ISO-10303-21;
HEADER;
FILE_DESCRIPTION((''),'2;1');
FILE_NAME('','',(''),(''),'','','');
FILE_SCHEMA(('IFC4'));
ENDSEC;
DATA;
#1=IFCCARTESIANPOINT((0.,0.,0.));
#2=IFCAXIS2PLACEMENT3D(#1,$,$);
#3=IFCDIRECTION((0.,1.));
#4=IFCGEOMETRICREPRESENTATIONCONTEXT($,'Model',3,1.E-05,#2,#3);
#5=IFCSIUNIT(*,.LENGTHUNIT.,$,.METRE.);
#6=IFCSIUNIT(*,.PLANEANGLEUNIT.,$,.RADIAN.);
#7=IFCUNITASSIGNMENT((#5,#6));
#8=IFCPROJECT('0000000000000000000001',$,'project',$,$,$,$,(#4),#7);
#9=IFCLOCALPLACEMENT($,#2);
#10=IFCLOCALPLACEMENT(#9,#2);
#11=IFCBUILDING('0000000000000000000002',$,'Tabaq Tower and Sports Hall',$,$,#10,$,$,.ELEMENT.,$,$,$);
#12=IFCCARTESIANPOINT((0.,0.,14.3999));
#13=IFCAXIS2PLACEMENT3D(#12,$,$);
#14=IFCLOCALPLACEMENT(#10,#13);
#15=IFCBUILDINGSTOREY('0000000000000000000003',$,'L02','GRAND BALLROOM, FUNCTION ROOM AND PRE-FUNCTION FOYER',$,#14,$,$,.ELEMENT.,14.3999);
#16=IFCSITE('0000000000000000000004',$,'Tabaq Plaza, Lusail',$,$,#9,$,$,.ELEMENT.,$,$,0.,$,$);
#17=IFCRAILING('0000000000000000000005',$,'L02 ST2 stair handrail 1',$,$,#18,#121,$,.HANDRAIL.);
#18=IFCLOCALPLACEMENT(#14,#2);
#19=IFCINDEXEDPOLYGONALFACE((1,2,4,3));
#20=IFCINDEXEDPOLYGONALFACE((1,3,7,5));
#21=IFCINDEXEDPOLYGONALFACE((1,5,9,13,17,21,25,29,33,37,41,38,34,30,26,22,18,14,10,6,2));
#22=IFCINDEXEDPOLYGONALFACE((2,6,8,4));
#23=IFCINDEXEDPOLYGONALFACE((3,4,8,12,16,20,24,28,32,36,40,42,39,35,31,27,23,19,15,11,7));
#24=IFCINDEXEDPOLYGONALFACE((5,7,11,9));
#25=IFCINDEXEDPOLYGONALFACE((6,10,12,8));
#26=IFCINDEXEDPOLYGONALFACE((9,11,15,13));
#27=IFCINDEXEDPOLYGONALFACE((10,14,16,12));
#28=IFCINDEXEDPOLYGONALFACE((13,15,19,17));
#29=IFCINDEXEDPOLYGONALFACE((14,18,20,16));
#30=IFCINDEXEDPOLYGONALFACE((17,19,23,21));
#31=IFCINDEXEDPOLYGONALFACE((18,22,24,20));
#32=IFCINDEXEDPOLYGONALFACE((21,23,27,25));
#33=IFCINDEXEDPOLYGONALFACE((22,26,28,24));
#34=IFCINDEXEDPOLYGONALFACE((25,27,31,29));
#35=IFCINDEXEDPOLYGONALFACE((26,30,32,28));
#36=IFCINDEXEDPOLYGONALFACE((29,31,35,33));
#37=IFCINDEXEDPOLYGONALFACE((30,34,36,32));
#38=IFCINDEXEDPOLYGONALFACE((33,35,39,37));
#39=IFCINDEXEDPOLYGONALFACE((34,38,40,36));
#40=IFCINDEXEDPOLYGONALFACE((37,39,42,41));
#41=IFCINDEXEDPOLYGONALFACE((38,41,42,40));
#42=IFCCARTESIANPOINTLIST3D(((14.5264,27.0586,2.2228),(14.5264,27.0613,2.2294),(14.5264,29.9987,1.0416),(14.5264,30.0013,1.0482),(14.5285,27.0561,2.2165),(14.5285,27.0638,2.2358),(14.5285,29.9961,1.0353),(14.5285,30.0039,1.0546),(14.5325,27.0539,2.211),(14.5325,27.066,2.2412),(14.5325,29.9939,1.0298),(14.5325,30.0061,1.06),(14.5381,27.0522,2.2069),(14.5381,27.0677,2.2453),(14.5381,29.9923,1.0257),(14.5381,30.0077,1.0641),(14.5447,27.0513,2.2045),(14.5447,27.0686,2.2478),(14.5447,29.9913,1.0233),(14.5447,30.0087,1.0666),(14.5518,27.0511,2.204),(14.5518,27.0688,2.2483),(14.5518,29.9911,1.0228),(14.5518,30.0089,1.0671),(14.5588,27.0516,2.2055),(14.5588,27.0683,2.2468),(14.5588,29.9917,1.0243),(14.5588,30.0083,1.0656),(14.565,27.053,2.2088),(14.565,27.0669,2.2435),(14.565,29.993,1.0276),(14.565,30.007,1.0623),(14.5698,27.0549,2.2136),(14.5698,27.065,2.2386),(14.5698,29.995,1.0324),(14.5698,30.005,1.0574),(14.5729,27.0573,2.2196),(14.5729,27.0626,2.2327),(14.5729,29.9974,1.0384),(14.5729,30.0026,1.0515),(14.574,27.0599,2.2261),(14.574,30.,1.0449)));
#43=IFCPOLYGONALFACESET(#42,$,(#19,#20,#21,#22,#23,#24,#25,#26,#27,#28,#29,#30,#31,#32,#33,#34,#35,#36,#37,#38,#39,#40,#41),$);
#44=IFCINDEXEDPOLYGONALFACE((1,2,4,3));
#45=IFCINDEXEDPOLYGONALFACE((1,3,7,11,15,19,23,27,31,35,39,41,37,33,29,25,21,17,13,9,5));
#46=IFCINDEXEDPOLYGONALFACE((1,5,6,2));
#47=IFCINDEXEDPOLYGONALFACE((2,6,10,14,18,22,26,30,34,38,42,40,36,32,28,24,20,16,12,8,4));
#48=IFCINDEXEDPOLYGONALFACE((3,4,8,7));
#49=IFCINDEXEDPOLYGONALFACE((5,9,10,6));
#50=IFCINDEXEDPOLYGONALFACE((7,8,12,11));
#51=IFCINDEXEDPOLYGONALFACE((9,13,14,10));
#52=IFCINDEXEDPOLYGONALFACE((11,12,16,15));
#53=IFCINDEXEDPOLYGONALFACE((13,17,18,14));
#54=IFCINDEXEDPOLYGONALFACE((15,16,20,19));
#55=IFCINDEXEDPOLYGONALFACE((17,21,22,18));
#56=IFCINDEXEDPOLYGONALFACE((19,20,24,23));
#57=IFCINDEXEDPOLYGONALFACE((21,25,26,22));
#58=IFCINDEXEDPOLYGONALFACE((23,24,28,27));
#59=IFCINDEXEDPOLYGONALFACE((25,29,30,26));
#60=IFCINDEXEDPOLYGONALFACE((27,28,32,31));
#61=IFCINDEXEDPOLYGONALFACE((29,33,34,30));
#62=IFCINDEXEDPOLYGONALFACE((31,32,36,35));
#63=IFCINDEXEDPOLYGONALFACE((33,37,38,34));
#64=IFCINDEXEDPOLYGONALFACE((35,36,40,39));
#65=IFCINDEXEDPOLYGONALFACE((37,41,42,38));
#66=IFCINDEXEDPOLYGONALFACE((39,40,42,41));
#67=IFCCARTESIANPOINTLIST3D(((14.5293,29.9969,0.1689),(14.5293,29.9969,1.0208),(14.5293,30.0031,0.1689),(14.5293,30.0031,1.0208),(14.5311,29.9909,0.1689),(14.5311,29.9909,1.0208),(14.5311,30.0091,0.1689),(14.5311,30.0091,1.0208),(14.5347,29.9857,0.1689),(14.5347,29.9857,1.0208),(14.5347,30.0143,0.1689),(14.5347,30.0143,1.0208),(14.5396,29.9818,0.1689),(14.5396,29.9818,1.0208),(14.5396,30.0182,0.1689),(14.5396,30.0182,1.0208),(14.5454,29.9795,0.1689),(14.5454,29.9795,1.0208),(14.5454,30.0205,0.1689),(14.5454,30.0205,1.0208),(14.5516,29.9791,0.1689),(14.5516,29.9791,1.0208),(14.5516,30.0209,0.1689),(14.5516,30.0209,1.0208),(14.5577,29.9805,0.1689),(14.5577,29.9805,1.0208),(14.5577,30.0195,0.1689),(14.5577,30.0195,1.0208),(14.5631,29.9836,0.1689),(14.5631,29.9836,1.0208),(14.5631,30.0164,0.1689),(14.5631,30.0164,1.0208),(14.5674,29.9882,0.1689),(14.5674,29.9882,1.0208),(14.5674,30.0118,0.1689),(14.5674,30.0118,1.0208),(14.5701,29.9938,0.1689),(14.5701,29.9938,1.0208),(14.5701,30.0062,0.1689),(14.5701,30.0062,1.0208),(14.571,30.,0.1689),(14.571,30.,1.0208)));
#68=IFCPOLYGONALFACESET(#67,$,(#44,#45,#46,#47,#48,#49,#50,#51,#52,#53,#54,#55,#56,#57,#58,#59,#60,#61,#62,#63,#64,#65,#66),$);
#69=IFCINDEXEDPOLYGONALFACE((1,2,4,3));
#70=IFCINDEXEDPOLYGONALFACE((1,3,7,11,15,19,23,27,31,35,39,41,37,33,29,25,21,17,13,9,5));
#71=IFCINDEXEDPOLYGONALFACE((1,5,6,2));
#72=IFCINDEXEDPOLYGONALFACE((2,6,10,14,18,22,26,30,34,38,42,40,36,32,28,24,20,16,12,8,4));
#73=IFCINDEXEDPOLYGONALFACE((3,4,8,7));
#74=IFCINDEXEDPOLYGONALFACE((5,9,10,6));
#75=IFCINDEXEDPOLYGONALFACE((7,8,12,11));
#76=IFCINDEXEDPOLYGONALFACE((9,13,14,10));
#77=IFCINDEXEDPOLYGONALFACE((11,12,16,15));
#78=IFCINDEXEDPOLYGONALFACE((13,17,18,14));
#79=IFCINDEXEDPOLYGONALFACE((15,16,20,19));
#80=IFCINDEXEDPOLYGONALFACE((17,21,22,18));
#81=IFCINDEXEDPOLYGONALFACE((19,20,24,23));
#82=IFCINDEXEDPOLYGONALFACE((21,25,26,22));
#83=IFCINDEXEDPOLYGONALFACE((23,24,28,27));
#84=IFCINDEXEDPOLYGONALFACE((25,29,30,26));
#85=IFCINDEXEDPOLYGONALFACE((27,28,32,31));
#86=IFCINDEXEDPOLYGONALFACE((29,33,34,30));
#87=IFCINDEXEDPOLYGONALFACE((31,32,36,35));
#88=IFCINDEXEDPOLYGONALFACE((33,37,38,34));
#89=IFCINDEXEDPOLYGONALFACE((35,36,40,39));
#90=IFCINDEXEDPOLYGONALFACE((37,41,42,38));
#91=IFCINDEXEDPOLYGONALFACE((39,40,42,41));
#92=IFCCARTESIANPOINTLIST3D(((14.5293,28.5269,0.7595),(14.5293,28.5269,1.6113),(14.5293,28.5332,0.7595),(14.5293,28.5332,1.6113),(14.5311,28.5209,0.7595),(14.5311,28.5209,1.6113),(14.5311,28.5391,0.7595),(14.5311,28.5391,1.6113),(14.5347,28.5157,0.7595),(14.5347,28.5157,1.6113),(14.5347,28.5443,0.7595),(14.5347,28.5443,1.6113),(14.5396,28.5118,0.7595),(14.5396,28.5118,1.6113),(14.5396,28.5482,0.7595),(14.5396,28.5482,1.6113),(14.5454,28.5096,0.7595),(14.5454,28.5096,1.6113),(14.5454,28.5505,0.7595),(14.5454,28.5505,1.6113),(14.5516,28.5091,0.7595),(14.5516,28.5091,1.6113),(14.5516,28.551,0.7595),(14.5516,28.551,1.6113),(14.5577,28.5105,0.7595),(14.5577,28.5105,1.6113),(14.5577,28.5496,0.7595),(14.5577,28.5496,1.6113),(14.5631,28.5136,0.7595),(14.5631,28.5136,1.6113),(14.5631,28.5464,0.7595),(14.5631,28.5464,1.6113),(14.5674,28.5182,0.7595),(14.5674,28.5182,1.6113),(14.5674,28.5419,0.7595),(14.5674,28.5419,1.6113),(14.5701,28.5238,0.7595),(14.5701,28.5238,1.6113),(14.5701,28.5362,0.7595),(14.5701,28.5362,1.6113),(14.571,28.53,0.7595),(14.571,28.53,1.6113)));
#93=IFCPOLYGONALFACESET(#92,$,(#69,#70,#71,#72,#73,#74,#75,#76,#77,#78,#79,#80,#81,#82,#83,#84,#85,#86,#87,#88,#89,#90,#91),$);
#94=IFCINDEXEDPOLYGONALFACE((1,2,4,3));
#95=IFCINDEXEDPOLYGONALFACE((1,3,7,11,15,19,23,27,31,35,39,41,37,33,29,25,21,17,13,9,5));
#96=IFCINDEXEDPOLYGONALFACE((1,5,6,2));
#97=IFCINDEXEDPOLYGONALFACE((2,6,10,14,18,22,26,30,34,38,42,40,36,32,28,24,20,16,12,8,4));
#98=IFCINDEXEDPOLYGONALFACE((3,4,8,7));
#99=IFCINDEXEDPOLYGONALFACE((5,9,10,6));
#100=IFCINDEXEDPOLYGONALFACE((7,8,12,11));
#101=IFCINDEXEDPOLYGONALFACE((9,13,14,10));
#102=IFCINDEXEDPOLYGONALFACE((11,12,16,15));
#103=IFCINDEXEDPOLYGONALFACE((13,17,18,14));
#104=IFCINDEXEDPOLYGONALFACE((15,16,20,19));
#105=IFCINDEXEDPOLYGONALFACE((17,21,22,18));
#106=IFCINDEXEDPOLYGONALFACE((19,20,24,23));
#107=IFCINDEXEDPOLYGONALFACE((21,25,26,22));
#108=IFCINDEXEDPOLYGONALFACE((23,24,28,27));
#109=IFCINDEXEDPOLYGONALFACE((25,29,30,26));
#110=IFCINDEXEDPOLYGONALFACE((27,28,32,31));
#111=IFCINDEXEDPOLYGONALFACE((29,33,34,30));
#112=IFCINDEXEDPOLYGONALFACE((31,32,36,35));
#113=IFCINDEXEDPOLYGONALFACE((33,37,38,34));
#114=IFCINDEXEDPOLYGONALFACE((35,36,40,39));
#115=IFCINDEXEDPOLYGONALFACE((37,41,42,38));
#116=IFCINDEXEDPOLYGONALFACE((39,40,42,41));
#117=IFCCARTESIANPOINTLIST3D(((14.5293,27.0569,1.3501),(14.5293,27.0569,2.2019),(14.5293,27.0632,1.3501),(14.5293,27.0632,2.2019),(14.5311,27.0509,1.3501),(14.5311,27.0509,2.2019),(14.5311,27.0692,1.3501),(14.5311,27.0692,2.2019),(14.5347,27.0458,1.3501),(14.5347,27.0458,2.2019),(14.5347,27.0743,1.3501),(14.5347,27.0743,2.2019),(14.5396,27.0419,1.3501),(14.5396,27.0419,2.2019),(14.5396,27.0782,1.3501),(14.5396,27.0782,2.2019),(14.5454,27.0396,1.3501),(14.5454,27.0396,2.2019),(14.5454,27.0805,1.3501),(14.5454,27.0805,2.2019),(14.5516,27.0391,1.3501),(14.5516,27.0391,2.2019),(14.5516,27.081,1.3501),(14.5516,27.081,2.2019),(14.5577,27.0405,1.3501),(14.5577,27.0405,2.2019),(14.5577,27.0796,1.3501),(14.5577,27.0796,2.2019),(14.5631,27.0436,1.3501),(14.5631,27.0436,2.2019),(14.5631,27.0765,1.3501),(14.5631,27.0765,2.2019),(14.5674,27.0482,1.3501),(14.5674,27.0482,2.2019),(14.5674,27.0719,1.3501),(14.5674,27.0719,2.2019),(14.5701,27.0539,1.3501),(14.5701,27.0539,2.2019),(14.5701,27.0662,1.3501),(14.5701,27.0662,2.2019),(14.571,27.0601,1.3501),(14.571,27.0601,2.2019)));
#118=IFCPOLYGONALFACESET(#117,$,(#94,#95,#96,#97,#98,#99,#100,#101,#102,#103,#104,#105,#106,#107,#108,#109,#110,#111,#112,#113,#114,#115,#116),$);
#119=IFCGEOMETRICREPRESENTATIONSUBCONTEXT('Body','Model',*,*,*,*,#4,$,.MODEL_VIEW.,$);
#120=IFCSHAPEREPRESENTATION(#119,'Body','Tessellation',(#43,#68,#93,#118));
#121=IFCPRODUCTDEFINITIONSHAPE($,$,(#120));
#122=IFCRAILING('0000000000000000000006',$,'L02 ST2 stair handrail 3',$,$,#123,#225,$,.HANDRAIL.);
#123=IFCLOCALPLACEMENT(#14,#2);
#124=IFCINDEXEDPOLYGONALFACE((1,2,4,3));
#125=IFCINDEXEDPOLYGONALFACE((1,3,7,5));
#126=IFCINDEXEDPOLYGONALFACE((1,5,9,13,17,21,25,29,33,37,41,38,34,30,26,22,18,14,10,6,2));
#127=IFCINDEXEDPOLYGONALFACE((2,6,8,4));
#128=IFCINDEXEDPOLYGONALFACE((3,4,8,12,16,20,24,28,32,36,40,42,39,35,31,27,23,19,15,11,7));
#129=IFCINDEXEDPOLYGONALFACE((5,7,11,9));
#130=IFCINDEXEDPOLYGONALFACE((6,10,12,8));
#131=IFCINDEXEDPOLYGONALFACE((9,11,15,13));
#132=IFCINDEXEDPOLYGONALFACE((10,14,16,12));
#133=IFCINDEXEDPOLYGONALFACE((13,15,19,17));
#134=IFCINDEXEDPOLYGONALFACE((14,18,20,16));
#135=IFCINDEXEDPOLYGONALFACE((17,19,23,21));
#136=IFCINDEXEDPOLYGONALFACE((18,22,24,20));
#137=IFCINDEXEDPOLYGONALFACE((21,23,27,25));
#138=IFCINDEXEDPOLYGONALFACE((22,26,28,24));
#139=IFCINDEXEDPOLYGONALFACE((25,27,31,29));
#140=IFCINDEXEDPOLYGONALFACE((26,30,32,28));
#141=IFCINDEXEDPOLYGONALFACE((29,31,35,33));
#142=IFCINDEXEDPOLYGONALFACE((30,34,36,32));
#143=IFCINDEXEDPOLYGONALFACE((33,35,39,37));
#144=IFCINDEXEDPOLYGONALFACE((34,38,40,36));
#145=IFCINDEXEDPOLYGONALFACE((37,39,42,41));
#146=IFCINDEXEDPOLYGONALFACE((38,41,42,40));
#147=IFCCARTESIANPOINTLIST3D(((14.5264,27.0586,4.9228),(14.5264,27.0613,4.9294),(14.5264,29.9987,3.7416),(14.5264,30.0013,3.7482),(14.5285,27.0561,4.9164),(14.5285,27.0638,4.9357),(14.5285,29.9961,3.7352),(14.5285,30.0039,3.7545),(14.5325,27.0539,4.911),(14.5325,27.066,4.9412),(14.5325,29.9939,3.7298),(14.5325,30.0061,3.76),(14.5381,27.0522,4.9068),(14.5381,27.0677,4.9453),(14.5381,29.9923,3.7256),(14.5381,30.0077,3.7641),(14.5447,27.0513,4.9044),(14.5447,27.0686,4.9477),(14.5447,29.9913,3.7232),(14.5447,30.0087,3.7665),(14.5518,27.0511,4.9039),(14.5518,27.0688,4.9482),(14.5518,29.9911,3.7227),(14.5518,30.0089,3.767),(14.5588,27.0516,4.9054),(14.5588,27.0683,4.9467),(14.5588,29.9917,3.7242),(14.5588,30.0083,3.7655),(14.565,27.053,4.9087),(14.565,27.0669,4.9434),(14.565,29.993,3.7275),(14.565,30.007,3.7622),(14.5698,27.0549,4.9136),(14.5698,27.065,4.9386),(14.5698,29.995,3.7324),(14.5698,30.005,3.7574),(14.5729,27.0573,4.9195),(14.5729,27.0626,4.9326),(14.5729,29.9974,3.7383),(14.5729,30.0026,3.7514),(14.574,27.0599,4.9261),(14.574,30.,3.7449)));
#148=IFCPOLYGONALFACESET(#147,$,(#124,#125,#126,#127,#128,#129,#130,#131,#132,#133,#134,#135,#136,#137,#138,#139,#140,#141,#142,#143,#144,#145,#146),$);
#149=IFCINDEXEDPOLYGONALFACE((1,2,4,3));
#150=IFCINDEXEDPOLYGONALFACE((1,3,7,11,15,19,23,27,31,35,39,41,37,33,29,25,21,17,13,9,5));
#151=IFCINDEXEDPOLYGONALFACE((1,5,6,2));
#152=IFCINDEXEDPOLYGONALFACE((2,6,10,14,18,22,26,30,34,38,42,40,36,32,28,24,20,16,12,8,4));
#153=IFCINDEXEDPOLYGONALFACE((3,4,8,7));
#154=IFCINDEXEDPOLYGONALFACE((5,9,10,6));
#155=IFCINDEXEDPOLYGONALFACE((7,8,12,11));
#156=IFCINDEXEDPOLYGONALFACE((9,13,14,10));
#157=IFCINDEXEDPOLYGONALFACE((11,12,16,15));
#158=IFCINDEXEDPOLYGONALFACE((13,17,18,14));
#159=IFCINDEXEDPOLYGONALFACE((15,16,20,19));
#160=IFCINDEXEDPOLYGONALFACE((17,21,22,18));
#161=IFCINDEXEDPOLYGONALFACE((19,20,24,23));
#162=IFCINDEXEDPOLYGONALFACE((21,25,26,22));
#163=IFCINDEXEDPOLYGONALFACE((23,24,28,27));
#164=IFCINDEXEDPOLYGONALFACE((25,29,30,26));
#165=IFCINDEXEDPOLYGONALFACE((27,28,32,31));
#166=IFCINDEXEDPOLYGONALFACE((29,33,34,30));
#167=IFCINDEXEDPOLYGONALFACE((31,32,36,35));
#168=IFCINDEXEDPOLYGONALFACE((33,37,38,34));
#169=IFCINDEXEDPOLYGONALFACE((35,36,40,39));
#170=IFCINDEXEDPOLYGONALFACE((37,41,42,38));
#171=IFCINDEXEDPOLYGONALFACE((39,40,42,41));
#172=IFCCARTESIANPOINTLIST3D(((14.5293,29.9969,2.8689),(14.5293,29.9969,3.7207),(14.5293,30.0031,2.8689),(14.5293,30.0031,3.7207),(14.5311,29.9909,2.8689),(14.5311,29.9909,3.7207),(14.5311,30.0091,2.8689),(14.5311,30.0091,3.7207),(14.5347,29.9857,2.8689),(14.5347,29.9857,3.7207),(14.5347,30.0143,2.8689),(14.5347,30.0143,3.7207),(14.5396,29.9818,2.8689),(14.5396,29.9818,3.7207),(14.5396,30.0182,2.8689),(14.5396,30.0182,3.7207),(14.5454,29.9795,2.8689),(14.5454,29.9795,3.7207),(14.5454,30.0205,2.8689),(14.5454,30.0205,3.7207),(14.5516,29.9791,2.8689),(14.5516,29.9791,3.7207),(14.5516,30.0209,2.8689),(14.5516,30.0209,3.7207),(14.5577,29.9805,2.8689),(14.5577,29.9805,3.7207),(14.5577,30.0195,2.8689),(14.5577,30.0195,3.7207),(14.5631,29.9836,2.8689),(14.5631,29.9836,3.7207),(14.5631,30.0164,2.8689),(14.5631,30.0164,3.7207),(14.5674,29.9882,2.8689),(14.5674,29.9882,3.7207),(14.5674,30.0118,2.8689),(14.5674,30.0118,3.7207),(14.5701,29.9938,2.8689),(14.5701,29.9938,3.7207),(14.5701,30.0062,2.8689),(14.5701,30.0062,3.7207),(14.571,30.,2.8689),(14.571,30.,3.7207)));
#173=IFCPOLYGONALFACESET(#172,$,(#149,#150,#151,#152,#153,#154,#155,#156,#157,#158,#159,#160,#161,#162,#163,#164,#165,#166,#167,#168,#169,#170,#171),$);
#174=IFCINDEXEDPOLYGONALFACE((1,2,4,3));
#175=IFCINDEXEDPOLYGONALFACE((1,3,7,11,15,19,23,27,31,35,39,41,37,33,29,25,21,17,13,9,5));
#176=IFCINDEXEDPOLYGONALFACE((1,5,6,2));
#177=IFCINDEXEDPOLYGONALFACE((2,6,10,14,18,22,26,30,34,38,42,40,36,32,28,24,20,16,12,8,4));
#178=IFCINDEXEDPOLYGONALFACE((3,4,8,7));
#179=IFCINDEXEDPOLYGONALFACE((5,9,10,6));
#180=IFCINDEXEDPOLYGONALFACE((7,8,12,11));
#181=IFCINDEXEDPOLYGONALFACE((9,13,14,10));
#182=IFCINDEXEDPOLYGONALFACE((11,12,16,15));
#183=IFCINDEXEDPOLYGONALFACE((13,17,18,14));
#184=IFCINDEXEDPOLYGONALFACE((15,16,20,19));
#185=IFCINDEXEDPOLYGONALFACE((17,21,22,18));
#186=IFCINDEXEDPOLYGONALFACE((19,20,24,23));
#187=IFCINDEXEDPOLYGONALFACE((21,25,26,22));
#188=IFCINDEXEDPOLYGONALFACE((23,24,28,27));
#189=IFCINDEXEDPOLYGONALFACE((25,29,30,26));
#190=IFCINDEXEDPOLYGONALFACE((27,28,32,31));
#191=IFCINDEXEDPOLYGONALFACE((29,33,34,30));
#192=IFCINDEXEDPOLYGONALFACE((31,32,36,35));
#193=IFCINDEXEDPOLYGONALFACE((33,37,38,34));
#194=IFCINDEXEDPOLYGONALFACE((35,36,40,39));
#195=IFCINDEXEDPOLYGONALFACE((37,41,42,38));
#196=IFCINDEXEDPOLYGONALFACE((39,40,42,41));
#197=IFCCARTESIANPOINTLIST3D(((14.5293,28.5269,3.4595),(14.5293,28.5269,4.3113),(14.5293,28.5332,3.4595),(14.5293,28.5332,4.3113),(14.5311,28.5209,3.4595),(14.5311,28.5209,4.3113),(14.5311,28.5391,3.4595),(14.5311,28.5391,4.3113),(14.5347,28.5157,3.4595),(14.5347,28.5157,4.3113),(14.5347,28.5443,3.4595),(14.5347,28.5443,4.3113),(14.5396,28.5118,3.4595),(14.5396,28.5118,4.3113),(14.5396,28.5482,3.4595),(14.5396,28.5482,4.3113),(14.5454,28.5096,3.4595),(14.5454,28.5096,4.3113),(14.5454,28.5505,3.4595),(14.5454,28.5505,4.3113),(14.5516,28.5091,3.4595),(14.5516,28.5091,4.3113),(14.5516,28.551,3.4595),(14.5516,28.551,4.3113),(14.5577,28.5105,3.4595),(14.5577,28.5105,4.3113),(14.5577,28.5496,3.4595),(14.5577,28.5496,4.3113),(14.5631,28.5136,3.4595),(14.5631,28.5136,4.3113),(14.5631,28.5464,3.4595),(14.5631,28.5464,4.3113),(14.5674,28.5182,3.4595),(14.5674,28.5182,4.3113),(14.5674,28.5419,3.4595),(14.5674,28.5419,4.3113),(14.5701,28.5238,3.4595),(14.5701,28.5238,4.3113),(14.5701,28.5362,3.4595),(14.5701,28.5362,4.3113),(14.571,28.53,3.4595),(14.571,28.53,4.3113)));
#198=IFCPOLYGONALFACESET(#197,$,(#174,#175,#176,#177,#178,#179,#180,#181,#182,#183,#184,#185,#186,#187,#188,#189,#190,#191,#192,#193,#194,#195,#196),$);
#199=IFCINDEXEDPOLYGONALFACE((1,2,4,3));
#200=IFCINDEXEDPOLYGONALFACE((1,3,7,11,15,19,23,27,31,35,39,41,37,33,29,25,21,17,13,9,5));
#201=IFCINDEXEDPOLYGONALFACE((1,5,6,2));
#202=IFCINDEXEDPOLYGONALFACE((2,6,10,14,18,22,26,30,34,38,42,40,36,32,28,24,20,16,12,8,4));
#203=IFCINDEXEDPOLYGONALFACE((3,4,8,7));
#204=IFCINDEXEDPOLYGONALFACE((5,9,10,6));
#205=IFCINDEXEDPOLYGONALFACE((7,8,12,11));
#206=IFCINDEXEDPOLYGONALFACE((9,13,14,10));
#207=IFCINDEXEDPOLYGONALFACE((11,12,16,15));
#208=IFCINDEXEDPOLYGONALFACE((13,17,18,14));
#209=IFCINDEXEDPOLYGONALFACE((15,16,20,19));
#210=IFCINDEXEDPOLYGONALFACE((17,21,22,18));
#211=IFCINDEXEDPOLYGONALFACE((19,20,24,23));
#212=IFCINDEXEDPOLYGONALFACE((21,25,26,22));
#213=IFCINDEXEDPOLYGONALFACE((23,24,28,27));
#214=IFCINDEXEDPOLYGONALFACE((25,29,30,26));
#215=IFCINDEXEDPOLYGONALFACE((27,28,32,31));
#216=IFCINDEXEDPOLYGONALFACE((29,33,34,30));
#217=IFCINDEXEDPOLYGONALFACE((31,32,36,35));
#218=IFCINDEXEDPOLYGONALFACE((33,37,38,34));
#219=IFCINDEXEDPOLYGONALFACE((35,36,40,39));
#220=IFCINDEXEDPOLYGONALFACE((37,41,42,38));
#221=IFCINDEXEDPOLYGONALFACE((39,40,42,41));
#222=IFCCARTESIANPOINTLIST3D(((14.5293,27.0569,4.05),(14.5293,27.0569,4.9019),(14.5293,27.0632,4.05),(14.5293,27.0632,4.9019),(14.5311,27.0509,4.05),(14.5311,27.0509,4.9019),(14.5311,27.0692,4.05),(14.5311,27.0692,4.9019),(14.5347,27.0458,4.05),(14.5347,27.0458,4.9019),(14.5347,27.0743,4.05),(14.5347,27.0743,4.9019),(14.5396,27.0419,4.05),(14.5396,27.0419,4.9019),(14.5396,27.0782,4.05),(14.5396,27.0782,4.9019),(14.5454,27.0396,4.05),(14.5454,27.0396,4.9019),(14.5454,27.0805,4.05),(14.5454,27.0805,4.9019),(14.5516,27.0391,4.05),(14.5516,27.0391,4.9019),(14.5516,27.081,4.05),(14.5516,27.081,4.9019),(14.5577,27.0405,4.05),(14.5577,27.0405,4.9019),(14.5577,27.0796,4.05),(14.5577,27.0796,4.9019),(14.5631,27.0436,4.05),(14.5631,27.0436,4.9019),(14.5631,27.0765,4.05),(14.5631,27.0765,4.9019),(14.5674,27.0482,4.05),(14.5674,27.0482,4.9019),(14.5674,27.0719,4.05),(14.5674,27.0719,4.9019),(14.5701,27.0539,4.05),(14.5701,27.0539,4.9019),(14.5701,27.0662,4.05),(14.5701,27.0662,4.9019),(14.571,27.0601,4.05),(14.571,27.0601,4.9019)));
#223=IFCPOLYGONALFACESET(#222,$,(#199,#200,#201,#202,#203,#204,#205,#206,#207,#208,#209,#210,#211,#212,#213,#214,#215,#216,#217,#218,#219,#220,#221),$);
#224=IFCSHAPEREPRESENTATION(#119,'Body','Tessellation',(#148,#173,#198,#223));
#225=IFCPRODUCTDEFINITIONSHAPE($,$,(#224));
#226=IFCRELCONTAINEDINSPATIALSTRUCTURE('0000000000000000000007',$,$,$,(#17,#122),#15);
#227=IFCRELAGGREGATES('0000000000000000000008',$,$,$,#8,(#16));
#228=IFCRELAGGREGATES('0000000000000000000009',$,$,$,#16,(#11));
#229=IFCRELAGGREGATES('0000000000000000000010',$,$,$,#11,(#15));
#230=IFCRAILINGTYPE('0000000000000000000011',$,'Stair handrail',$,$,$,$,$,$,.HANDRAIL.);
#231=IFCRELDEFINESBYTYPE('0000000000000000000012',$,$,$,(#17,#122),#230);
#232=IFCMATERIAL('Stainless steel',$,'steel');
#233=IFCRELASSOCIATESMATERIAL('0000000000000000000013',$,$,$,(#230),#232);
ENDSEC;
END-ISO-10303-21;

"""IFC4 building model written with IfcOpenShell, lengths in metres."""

from ifc_helpers import new_model, si_unit, direction, frame, origin, origin_2d, place, context, subcontext, project, spatial, circle, extrude, material, type_object, element, save


model = new_model("IFC4")

# Units and contexts
model_context = context("Model", 3, precision=1e-05, world=origin(), true_north=direction((0.0, 1.0)))
body_context = subcontext(model_context, "Body", "Model", "MODEL_VIEW")
ifc_project = project(units=[si_unit("LENGTHUNIT", "METRE"), si_unit("PLANEANGLEUNIT", "RADIAN")], contexts=[model_context])

# Site, building, storey
site_placement = place(None, origin())
site = spatial("IfcSite", under=ifc_project, at=site_placement, Name="Tabaq Plaza, Lusail", CompositionType="ELEMENT", RefElevation=0.0)
building_placement = place(site_placement, origin())
building = spatial("IfcBuilding", under=site, at=building_placement, Name="Tabaq Tower and Sports Hall", CompositionType="ELEMENT")
storey_placement = place(building_placement, frame((0.0, 0.0, 14.3999)))
storey = spatial("IfcBuildingStorey", under=building, at=storey_placement, Name="L02", Description="GRAND BALLROOM, FUNCTION ROOM AND PRE-FUNCTION FOYER", CompositionType="ELEMENT", Elevation=14.3999)

# Railings
ifc_material_1 = material(Name="Stainless steel", Category="steel")
railing_type_1 = type_object("IfcRailingType", Name="Stair handrail", PredefinedType="HANDRAIL", material=ifc_material_1)
for number, where, name in (
    (1, (14.55, 30.0, 0.1689), "L02 ST2 stair handrail 1"),
    (2, (14.55, 30.0, 2.8689), "L02 ST2 stair handrail 3"),
):
    element("IfcRailing", number, at=place(storey_placement, frame(where)), inside=storey, type_object=railing_type_1, Name=name, PredefinedType="HANDRAIL", context=body_context, shape_type="SweptSolid", body=[
        extrude(circle(Radius=0.0239, at=origin_2d()), frame((0.0, 0.0, 0.876), z_axis=(0.0, -0.927912, 0.372799), x_axis=(1.0, 0.0, 0.0)), (0.0, 0.0, 1.0), 3.1685),
        extrude(circle(Radius=0.021, at=origin_2d()), origin(), (0.0, 0.0, 1.0), 0.8518),
        extrude(circle(Radius=0.021, at=origin_2d()), frame((0.0, -1.47, 0.5906)), (0.0, 0.0, 1.0), 0.8518),
        extrude(circle(Radius=0.021, at=origin_2d()), frame((0.0, -2.9399, 1.1812)), (0.0, 0.0, 1.0), 0.8518),
    ])

save(model, "model.ifc")
